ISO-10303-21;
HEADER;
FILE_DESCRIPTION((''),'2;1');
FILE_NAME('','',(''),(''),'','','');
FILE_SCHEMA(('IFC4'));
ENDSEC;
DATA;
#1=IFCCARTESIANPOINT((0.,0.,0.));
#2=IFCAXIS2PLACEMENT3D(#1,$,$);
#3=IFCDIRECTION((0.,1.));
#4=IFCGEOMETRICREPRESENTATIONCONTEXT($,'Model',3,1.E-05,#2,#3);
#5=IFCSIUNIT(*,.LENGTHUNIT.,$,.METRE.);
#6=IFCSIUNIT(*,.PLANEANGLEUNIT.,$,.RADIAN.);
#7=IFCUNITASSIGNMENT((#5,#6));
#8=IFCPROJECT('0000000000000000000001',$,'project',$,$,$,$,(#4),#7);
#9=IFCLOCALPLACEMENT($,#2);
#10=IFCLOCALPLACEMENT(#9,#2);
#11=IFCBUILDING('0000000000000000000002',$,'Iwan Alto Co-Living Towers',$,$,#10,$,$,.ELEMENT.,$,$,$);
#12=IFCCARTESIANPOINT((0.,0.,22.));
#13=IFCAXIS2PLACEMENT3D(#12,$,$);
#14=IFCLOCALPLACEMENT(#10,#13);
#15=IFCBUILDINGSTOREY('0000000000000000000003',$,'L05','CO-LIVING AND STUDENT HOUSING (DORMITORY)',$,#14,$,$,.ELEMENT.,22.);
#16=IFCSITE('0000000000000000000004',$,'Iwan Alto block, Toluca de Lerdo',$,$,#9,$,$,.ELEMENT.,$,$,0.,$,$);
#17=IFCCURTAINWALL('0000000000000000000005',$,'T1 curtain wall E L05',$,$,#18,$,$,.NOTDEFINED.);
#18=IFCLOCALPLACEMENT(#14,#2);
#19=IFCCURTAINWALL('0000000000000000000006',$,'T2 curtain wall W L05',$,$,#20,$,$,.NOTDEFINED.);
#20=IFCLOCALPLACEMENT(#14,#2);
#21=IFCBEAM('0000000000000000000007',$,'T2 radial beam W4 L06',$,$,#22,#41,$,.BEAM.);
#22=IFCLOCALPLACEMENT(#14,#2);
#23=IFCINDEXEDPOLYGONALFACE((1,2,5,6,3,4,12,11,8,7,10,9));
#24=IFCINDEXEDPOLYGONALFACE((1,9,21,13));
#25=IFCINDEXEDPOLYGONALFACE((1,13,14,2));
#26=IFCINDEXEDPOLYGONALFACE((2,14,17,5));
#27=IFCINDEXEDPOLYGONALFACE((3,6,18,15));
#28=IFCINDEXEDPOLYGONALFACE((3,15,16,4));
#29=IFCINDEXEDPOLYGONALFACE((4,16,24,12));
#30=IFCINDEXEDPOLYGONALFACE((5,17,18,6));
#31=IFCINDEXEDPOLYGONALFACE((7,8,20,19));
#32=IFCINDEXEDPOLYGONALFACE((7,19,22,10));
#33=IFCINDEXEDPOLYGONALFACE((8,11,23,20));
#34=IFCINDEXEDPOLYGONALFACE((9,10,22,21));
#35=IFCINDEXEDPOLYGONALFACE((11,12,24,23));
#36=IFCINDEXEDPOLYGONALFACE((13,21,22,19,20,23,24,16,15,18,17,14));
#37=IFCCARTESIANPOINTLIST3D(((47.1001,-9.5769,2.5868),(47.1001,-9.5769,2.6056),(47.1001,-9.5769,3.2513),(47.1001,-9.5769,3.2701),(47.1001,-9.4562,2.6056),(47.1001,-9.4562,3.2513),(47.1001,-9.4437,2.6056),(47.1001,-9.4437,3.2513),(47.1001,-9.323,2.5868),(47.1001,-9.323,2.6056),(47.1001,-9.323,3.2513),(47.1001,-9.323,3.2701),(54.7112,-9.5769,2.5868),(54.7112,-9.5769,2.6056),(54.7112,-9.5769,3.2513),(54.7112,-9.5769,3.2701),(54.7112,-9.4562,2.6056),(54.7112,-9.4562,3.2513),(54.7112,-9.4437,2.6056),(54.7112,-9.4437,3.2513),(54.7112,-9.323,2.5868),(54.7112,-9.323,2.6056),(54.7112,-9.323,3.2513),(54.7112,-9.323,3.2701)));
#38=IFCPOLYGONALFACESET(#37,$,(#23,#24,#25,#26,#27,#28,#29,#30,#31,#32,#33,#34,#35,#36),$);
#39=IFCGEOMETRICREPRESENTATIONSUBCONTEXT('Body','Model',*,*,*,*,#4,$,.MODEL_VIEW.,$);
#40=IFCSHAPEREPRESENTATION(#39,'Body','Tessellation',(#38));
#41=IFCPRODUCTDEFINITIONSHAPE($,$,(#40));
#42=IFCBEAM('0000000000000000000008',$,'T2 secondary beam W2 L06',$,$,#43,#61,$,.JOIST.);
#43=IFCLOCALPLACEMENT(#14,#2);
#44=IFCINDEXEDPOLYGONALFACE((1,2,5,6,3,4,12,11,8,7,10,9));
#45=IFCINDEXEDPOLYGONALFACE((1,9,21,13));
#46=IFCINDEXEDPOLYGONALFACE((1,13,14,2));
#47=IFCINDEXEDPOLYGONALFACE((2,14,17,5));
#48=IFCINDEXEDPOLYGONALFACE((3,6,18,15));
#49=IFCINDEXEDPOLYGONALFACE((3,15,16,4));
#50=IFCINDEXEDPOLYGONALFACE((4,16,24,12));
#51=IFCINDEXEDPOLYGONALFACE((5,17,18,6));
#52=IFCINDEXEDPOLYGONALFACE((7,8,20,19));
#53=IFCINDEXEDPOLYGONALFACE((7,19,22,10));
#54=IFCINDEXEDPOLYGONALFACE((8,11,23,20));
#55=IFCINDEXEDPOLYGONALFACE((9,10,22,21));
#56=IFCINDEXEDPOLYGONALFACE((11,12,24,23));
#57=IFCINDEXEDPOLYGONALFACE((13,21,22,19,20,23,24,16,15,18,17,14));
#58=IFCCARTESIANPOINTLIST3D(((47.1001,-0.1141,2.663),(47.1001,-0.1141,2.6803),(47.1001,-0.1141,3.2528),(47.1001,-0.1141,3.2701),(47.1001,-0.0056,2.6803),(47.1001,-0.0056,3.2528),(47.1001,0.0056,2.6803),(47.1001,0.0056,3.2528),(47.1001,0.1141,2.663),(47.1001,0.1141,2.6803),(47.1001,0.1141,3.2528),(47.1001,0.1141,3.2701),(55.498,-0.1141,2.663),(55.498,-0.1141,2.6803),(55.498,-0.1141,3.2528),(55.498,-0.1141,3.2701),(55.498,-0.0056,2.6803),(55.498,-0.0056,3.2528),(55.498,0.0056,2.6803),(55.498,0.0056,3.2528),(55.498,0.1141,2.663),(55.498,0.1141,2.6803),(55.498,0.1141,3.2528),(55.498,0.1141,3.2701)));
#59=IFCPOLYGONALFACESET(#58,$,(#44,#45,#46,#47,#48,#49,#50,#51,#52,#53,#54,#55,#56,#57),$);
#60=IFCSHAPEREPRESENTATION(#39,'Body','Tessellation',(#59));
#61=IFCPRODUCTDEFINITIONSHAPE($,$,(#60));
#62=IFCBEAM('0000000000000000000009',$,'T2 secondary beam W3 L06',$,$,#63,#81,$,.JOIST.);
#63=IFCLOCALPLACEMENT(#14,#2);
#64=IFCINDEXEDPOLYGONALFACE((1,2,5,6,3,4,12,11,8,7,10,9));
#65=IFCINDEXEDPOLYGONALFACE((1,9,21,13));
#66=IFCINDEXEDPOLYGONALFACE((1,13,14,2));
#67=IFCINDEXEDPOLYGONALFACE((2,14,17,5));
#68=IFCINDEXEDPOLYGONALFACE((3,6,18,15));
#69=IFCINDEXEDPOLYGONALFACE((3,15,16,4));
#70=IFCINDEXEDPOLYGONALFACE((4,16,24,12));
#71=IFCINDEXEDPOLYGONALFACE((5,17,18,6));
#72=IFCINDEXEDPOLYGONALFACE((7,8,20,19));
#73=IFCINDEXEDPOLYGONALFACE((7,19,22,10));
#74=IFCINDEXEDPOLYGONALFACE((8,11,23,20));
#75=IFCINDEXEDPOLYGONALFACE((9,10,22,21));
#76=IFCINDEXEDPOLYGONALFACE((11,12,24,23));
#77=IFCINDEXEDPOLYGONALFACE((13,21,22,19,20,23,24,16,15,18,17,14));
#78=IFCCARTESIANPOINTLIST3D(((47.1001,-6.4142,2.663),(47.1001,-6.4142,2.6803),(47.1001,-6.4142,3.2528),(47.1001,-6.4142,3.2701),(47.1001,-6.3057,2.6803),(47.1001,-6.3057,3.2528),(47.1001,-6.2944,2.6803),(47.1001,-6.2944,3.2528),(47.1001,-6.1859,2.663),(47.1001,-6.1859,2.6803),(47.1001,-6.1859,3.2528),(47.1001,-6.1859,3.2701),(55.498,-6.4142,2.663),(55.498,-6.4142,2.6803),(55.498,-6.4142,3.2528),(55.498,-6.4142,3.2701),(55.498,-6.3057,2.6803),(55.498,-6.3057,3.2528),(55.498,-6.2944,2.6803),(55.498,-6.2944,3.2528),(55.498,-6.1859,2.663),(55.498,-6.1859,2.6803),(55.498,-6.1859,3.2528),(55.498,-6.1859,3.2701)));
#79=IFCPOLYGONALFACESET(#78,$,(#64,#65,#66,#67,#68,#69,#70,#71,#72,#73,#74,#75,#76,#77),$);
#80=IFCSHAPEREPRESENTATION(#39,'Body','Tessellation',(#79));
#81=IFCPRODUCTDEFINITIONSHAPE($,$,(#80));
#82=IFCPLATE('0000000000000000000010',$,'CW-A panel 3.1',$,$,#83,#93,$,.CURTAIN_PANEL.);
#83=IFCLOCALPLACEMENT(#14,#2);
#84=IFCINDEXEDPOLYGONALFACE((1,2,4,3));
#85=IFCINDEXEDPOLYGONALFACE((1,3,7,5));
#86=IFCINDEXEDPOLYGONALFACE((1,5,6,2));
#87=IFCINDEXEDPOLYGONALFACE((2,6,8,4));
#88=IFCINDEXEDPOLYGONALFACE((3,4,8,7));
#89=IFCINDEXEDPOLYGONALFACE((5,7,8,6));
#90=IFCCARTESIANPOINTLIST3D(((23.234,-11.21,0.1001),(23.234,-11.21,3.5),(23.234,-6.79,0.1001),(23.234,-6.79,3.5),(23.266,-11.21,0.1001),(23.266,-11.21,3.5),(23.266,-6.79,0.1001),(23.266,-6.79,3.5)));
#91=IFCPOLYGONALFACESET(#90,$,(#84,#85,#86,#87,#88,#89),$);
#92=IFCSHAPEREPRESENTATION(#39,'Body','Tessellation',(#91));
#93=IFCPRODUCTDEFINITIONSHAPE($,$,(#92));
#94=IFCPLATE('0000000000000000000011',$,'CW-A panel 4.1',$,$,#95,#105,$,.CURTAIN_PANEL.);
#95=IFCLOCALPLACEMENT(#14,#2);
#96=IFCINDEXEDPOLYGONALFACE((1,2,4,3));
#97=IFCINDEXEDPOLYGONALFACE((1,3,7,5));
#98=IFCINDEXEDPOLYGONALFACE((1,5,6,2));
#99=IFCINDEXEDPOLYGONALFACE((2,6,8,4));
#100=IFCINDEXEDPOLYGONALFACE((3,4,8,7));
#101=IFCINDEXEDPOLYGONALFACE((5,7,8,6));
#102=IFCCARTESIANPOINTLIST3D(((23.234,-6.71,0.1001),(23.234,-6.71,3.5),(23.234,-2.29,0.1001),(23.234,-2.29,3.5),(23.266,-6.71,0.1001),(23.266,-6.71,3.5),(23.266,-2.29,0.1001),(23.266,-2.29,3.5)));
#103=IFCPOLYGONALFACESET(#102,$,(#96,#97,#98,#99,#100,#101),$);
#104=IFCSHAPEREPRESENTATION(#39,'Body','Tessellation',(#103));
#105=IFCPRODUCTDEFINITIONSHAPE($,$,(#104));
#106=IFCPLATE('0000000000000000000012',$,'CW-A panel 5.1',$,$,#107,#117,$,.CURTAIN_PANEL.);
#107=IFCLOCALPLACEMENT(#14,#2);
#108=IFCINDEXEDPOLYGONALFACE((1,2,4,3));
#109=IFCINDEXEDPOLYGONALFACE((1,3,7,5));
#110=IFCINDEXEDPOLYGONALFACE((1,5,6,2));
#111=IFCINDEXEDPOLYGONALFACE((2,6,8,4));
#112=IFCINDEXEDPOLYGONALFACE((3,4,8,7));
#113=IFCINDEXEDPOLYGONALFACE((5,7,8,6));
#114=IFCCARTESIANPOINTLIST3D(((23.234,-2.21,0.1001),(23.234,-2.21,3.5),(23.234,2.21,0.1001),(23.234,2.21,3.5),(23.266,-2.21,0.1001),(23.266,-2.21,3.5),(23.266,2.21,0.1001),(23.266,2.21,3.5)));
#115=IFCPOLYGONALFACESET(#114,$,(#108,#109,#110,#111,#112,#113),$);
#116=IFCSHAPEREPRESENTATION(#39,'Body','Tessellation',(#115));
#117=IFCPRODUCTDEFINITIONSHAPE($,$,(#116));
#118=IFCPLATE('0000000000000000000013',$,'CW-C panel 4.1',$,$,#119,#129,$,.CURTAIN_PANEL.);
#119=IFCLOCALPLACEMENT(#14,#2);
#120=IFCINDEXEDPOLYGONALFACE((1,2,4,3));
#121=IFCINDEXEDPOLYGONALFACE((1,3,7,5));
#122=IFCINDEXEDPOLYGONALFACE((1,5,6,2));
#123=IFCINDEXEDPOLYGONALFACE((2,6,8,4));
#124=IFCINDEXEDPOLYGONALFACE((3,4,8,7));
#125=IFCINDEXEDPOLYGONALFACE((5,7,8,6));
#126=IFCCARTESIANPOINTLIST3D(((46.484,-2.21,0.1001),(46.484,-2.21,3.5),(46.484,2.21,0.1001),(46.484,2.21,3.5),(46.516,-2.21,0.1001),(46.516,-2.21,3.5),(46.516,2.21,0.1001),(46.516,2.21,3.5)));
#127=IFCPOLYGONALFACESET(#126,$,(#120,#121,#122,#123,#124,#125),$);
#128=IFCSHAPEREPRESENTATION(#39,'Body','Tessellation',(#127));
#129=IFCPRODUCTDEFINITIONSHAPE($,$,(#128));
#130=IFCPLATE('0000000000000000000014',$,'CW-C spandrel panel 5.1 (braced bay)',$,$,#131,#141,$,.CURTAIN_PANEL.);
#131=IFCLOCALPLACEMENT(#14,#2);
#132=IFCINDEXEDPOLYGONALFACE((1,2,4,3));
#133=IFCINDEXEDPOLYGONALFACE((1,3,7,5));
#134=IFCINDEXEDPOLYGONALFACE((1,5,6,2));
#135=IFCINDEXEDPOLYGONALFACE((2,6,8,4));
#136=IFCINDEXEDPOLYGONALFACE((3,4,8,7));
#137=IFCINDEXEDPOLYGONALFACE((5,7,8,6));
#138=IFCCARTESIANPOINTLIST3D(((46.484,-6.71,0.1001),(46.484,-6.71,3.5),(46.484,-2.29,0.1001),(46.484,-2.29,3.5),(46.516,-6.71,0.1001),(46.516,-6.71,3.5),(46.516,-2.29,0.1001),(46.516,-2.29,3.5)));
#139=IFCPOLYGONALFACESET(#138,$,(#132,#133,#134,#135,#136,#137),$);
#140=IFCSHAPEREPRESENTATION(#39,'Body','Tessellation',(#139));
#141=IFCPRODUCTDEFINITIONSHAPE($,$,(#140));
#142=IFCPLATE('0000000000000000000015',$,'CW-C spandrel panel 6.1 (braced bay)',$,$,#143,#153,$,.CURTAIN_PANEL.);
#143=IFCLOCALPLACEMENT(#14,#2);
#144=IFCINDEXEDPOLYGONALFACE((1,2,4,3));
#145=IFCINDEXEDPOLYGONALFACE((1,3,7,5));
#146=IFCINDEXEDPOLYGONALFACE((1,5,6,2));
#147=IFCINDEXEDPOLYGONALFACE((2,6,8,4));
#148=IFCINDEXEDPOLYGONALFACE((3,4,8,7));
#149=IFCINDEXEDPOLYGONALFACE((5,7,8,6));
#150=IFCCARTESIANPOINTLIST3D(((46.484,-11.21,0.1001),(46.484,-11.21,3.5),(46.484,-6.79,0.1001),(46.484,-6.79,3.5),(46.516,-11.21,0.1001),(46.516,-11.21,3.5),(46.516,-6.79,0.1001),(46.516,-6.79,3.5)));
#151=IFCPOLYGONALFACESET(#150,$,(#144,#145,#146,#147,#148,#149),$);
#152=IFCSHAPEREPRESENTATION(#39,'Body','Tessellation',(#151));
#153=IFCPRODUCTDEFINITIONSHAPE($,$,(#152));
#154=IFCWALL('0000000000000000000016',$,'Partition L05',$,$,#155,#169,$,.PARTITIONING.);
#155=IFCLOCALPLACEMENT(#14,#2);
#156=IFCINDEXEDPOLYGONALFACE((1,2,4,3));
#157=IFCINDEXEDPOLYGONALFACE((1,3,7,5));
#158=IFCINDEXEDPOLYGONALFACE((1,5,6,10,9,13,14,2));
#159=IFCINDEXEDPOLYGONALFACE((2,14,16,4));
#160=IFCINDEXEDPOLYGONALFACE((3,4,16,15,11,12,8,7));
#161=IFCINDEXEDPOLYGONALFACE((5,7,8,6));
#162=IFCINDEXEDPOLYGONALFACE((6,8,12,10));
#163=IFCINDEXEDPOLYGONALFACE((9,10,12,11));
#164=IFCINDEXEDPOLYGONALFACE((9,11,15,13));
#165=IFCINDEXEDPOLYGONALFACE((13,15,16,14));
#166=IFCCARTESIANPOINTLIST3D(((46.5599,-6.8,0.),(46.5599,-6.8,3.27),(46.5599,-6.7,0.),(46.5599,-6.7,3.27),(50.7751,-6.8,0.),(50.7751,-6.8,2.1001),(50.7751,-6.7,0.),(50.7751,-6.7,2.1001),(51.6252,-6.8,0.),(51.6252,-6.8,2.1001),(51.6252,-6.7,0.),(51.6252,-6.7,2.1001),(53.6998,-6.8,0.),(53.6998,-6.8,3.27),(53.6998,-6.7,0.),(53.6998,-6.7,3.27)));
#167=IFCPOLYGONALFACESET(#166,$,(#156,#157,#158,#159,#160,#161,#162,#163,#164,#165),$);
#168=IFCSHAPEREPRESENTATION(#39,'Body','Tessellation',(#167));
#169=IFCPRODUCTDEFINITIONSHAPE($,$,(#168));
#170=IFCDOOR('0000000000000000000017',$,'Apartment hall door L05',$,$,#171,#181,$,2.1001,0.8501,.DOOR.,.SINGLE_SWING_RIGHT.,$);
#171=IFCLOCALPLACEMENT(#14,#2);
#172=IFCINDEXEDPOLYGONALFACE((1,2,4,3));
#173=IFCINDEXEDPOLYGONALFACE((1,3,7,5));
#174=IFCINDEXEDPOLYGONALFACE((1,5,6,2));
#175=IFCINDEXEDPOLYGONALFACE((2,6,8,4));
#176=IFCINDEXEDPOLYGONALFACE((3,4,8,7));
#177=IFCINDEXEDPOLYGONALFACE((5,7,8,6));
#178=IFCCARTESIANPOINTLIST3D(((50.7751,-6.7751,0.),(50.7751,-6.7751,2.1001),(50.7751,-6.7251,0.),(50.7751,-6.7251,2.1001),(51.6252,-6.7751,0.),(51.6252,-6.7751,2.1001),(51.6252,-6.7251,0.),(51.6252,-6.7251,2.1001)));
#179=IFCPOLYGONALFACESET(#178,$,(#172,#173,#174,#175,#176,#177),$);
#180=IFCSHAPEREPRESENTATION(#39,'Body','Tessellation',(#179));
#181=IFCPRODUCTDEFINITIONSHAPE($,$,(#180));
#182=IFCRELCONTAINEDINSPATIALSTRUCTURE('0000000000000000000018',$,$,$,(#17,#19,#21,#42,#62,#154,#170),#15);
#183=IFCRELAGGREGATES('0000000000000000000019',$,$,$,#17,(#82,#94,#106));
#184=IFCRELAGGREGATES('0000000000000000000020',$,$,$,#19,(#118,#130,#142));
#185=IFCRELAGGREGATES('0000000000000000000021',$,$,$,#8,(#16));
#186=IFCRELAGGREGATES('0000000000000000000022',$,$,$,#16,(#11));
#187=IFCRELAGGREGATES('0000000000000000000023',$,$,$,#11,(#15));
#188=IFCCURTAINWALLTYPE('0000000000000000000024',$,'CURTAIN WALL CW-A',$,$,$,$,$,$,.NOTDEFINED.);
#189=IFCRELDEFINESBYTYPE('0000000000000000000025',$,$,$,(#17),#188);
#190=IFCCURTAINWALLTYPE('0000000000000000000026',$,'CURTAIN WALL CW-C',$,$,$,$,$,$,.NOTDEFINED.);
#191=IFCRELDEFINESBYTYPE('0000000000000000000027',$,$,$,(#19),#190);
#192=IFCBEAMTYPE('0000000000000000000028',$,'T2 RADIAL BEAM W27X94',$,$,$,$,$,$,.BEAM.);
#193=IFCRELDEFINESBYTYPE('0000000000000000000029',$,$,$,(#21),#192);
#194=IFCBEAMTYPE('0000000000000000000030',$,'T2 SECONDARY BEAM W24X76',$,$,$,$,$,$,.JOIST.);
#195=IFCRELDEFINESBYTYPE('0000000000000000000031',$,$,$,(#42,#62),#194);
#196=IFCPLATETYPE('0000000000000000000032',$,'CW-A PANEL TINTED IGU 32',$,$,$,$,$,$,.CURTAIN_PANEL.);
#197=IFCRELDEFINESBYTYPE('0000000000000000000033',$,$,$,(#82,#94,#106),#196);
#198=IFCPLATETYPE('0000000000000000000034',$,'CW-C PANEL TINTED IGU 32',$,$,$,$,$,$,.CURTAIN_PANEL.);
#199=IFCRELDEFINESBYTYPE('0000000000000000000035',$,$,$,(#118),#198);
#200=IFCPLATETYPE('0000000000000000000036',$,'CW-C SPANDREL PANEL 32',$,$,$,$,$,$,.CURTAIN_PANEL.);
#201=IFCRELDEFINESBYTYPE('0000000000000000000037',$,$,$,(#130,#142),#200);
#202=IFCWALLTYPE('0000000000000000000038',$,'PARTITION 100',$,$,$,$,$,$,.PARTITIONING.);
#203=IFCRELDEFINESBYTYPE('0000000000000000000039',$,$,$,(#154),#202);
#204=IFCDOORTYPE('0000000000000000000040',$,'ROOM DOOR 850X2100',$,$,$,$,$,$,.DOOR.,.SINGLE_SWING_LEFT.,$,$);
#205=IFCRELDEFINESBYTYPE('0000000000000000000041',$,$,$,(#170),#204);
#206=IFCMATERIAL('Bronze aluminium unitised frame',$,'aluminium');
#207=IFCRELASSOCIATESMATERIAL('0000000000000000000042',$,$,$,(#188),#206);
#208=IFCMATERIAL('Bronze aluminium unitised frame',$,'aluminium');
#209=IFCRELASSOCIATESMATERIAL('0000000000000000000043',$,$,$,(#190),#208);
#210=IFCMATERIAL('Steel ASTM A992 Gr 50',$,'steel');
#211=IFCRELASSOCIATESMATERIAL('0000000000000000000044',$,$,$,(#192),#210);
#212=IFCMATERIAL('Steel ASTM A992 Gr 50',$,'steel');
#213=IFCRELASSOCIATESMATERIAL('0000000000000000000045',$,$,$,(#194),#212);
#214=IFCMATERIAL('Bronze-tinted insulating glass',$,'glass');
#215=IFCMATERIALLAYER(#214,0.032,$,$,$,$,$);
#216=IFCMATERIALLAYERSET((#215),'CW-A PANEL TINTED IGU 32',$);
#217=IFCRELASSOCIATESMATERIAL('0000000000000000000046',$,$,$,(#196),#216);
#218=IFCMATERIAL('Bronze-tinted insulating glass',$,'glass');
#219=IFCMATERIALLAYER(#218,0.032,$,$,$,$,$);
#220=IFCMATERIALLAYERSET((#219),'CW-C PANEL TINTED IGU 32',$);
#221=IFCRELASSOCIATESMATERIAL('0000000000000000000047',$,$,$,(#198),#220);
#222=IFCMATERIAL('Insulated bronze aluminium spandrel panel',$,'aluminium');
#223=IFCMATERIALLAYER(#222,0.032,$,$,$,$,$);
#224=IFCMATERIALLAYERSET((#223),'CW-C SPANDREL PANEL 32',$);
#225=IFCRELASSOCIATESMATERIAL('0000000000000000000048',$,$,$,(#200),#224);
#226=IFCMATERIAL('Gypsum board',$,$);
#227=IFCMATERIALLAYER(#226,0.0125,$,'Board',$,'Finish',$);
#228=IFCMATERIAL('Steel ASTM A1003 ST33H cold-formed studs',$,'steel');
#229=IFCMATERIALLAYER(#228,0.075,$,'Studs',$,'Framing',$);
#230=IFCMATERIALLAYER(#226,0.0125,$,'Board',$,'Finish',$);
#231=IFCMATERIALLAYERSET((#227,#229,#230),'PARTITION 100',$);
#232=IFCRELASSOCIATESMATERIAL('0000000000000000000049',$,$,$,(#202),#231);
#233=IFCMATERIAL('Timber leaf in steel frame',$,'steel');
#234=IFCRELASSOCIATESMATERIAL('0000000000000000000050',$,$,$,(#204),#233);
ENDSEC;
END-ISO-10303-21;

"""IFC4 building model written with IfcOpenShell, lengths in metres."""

from ifc_helpers import new_model, si_unit, direction, frame, frame_2d, origin, origin_2d, place, context, subcontext, project, spatial, rectangle, i_section, extrude, material, layer, layer_set, material_profile, profile_set, type_object, element, fill, aggregate, save


model = new_model("IFC4")

# Units and contexts
model_context = context("Model", 3, precision=1e-05, world=origin(), true_north=direction((0.0, 1.0)))
body_context = subcontext(model_context, "Body", "Model", "MODEL_VIEW")
ifc_project = project(units=[si_unit("LENGTHUNIT", "METRE"), si_unit("PLANEANGLEUNIT", "RADIAN")], contexts=[model_context])

# Site, building, storey
site_placement = place(None, origin())
site = spatial("IfcSite", under=ifc_project, at=site_placement, Name="Iwan Alto block, Toluca de Lerdo", CompositionType="ELEMENT", RefElevation=0.0)
building_placement = place(site_placement, origin())
building = spatial("IfcBuilding", under=site, at=building_placement, Name="Iwan Alto Co-Living Towers", CompositionType="ELEMENT")
storey_placement = place(building_placement, frame((0.0, 0.0, 22.0)))
storey = spatial("IfcBuildingStorey", under=building, at=storey_placement, Name="L05", Description="CO-LIVING AND STUDENT HOUSING (DORMITORY)", CompositionType="ELEMENT", Elevation=22.0)

# Curtain walls
ifc_material_1 = material(Name="Bronze aluminium unitised frame", Category="aluminium")
curtain_wall_type_1 = type_object("IfcCurtainWallType", Name="CURTAIN WALL CW-A", PredefinedType="NOTDEFINED", material=ifc_material_1)
curtain_wall_1_placement = place(storey_placement, origin())
curtain_wall_1 = element("IfcCurtainWall", 1, at=curtain_wall_1_placement, inside=storey, type_object=curtain_wall_type_1, Name="T1 curtain wall E L05", PredefinedType="NOTDEFINED")
ifc_material_2 = material(Name="Bronze aluminium unitised frame", Category="aluminium")
curtain_wall_type_2 = type_object("IfcCurtainWallType", Name="CURTAIN WALL CW-C", PredefinedType="NOTDEFINED", material=ifc_material_2)
curtain_wall_2_placement = place(storey_placement, origin())
curtain_wall_2 = element("IfcCurtainWall", 2, at=curtain_wall_2_placement, inside=storey, type_object=curtain_wall_type_2, Name="T2 curtain wall W L05", PredefinedType="NOTDEFINED")

# Beams
ifc_material_3 = material(Name="Steel ASTM A992 Gr 50", Category="steel")
ifc_material_profile_1 = material_profile(ifc_material_3, i_section(OverallWidth=0.2539, OverallDepth=0.6833, WebThickness=0.0125, FlangeThickness=0.0188, at=origin_2d()), Name="W27X94")
ifc_profile_set_1 = profile_set([ifc_material_profile_1], Name="Steel ASTM A992 Gr 50")
beam_type_1 = type_object("IfcBeamType", Name="T2 RADIAL BEAM W27X94", PredefinedType="BEAM", material=ifc_profile_set_1)
beam_1_placement = place(storey_placement, frame((47.1001, -9.45, 2.9285), z_axis=(1.0, 0.0, 0.0), x_axis=(0.0, 1.0, 0.0)))
element("IfcBeam", 3, at=beam_1_placement, inside=storey, type_object=beam_type_1, Name="T2 radial beam W4 L06", PredefinedType="BEAM", context=body_context, shape_type="SweptSolid", body=[
    extrude(i_section(OverallWidth=0.2539, OverallDepth=0.6833, WebThickness=0.0125, FlangeThickness=0.0188, at=origin_2d()), origin(), (0.0, 0.0, 1.0), 7.6111),
])
ifc_material_4 = material(Name="Steel ASTM A992 Gr 50", Category="steel")
ifc_material_profile_2 = material_profile(ifc_material_4, i_section(OverallWidth=0.2283, OverallDepth=0.6072, WebThickness=0.0112, FlangeThickness=0.0173, at=origin_2d()), Name="W24X76")
ifc_profile_set_2 = profile_set([ifc_material_profile_2], Name="Steel ASTM A992 Gr 50")
beam_type_2 = type_object("IfcBeamType", Name="T2 SECONDARY BEAM W24X76", PredefinedType="JOIST", material=ifc_profile_set_2)
for number, where, z_axis, x_axis, name in (
    (4, (47.1001, 0.0, 2.9666), (1.0, 0.0, 0.0), (0.0, 1.0, 0.0), "T2 secondary beam W2 L06"),
    (5, (47.1001, -6.3, 2.9666), (1.0, 0.0, 0.0), (0.0, 1.0, 0.0), "T2 secondary beam W3 L06"),
):
    element("IfcBeam", number, at=place(storey_placement, frame(where, z_axis=z_axis, x_axis=x_axis)), inside=storey, type_object=beam_type_2, Name=name, PredefinedType="JOIST", context=body_context, shape_type="SweptSolid", body=[
        extrude(i_section(OverallWidth=0.2283, OverallDepth=0.6072, WebThickness=0.0112, FlangeThickness=0.0173, at=origin_2d()), origin(), (0.0, 0.0, 1.0), 8.3979),
    ])

# Plates
ifc_material_5 = material(Name="Bronze-tinted insulating glass", Category="glass")
ifc_layer_1 = layer(ifc_material_5, 0.032)
ifc_layer_set_1 = layer_set([ifc_layer_1], Name="CW-A PANEL TINTED IGU 32")
plate_type_1 = type_object("IfcPlateType", Name="CW-A PANEL TINTED IGU 32", PredefinedType="CURTAIN_PANEL", material=ifc_layer_set_1)
plate_1_placement = place(storey_placement, frame((23.25, -9.0, 0.1001), z_axis=(0.0, 0.0, 1.0), x_axis=(0.0, 1.0, 0.0)))
plate_1 = element("IfcPlate", 6, at=plate_1_placement, type_object=plate_type_1, Name="CW-A panel 3.1", PredefinedType="CURTAIN_PANEL", context=body_context, shape_type="SweptSolid", body=[
    extrude(rectangle(XDim=4.4199, YDim=0.032, at=origin_2d()), origin(), (0.0, 0.0, 1.0), 3.3999),
])
plate_2_placement = place(storey_placement, frame((23.25, -4.5, 0.1001), z_axis=(0.0, 0.0, 1.0), x_axis=(0.0, 1.0, 0.0)))
plate_2 = element("IfcPlate", 7, at=plate_2_placement, type_object=plate_type_1, Name="CW-A panel 4.1", PredefinedType="CURTAIN_PANEL", context=body_context, shape_type="SweptSolid", body=[
    extrude(rectangle(XDim=4.4199, YDim=0.032, at=origin_2d()), origin(), (0.0, 0.0, 1.0), 3.3999),
])
plate_3_placement = place(storey_placement, frame((23.25, 0.0, 0.1001), z_axis=(0.0, 0.0, 1.0), x_axis=(0.0, 1.0, 0.0)))
plate_3 = element("IfcPlate", 8, at=plate_3_placement, type_object=plate_type_1, Name="CW-A panel 5.1", PredefinedType="CURTAIN_PANEL", context=body_context, shape_type="SweptSolid", body=[
    extrude(rectangle(XDim=4.4199, YDim=0.032, at=origin_2d()), origin(), (0.0, 0.0, 1.0), 3.3999),
])
aggregate(curtain_wall_1, [plate_1, plate_2, plate_3])
ifc_material_6 = material(Name="Bronze-tinted insulating glass", Category="glass")
ifc_layer_2 = layer(ifc_material_6, 0.032)
ifc_layer_set_2 = layer_set([ifc_layer_2], Name="CW-C PANEL TINTED IGU 32")
plate_type_2 = type_object("IfcPlateType", Name="CW-C PANEL TINTED IGU 32", PredefinedType="CURTAIN_PANEL", material=ifc_layer_set_2)
plate_4_placement = place(storey_placement, frame((46.5, 0.0, 0.1001), z_axis=(0.0, 0.0, 1.0), x_axis=(0.0, -1.0, 0.0)))
plate_4 = element("IfcPlate", 9, at=plate_4_placement, type_object=plate_type_2, Name="CW-C panel 4.1", PredefinedType="CURTAIN_PANEL", context=body_context, shape_type="SweptSolid", body=[
    extrude(rectangle(XDim=4.4199, YDim=0.032, at=origin_2d()), origin(), (0.0, 0.0, 1.0), 3.3999),
])
ifc_material_7 = material(Name="Insulated bronze aluminium spandrel panel", Category="aluminium")
ifc_layer_3 = layer(ifc_material_7, 0.032)
ifc_layer_set_3 = layer_set([ifc_layer_3], Name="CW-C SPANDREL PANEL 32")
plate_type_3 = type_object("IfcPlateType", Name="CW-C SPANDREL PANEL 32", PredefinedType="CURTAIN_PANEL", material=ifc_layer_set_3)
plate_5_placement = place(storey_placement, frame((46.5, -4.5, 0.1001), z_axis=(0.0, 0.0, 1.0), x_axis=(0.0, -1.0, 0.0)))
plate_5 = element("IfcPlate", 10, at=plate_5_placement, type_object=plate_type_3, Name="CW-C spandrel panel 5.1 (braced bay)", PredefinedType="CURTAIN_PANEL", context=body_context, shape_type="SweptSolid", body=[
    extrude(rectangle(XDim=4.4199, YDim=0.032, at=origin_2d()), origin(), (0.0, 0.0, 1.0), 3.3999),
])
plate_6_placement = place(storey_placement, frame((46.5, -9.0, 0.1001), z_axis=(0.0, 0.0, 1.0), x_axis=(0.0, -1.0, 0.0)))
plate_6 = element("IfcPlate", 11, at=plate_6_placement, type_object=plate_type_3, Name="CW-C spandrel panel 6.1 (braced bay)", PredefinedType="CURTAIN_PANEL", context=body_context, shape_type="SweptSolid", body=[
    extrude(rectangle(XDim=4.4199, YDim=0.032, at=origin_2d()), origin(), (0.0, 0.0, 1.0), 3.3999),
])
aggregate(curtain_wall_2, [plate_4, plate_5, plate_6])

# Wall, opening, door
ifc_material_8 = material(Name="Gypsum board")
ifc_layer_4 = layer(ifc_material_8, 0.0125, Name="Board", Category="Finish")
ifc_material_9 = material(Name="Steel ASTM A1003 ST33H cold-formed studs", Category="steel")
ifc_layer_5 = layer(ifc_material_9, 0.075, Name="Studs", Category="Framing")
ifc_layer_6 = layer(ifc_material_8, 0.0125, Name="Board", Category="Finish")
ifc_layer_set_4 = layer_set([ifc_layer_4, ifc_layer_5, ifc_layer_6], Name="PARTITION 100")
wall_type = type_object("IfcWallType", Name="PARTITION 100", PredefinedType="PARTITIONING", material=ifc_layer_set_4)
wall_placement = place(storey_placement, frame((46.5601, -6.75, 0.0), z_axis=(0.0, 0.0, 1.0), x_axis=(1.0, 0.0, 0.0)))
wall = element("IfcWall", 12, at=wall_placement, inside=storey, type_object=wall_type, Name="Partition L05", PredefinedType="PARTITIONING", context=body_context, shape_type="SweptSolid", body=[
    extrude(rectangle(XDim=7.1399, YDim=0.1001, at=frame_2d((3.5698, 0.0))), origin(), (0.0, 0.0, 1.0), 3.27),
])
opening_placement = place(wall_placement, frame((4.2151, 0.0, 0.0)))
opening = element("IfcOpeningElement", 13, at=opening_placement, cuts=wall, PredefinedType="OPENING", context=body_context, shape_type="SweptSolid", body=[
    extrude(rectangle(XDim=0.8501, YDim=2.1001, at=frame_2d((0.425, 1.05))), frame((0.0, 0.0601, 0.0), z_axis=(0.0, -1.0, 0.0), x_axis=(1.0, 0.0, 0.0)), (0.0, 0.0, 1.0), 0.1201),
])
ifc_material_10 = material(Name="Timber leaf in steel frame", Category="steel")
door_type = type_object("IfcDoorType", Name="ROOM DOOR 850X2100", OperationType="SINGLE_SWING_LEFT", PredefinedType="DOOR", material=ifc_material_10)
door_placement = place(opening_placement, origin())
door = element("IfcDoor", 14, at=door_placement, inside=storey, type_object=door_type, Name="Apartment hall door L05", OperationType="SINGLE_SWING_RIGHT", OverallHeight=2.1001, OverallWidth=0.8501, PredefinedType="DOOR", context=body_context, shape_type="SweptSolid", body=[
    extrude(rectangle(XDim=0.8501, YDim=2.1001, at=frame_2d((0.425, 1.05))), frame((0.0, 0.0249, 0.0), z_axis=(0.0, -1.0, 0.0), x_axis=(1.0, 0.0, 0.0)), (0.0, 0.0, 1.0), 0.05),
])
fill(opening, door)

save(model, "model.ifc")
